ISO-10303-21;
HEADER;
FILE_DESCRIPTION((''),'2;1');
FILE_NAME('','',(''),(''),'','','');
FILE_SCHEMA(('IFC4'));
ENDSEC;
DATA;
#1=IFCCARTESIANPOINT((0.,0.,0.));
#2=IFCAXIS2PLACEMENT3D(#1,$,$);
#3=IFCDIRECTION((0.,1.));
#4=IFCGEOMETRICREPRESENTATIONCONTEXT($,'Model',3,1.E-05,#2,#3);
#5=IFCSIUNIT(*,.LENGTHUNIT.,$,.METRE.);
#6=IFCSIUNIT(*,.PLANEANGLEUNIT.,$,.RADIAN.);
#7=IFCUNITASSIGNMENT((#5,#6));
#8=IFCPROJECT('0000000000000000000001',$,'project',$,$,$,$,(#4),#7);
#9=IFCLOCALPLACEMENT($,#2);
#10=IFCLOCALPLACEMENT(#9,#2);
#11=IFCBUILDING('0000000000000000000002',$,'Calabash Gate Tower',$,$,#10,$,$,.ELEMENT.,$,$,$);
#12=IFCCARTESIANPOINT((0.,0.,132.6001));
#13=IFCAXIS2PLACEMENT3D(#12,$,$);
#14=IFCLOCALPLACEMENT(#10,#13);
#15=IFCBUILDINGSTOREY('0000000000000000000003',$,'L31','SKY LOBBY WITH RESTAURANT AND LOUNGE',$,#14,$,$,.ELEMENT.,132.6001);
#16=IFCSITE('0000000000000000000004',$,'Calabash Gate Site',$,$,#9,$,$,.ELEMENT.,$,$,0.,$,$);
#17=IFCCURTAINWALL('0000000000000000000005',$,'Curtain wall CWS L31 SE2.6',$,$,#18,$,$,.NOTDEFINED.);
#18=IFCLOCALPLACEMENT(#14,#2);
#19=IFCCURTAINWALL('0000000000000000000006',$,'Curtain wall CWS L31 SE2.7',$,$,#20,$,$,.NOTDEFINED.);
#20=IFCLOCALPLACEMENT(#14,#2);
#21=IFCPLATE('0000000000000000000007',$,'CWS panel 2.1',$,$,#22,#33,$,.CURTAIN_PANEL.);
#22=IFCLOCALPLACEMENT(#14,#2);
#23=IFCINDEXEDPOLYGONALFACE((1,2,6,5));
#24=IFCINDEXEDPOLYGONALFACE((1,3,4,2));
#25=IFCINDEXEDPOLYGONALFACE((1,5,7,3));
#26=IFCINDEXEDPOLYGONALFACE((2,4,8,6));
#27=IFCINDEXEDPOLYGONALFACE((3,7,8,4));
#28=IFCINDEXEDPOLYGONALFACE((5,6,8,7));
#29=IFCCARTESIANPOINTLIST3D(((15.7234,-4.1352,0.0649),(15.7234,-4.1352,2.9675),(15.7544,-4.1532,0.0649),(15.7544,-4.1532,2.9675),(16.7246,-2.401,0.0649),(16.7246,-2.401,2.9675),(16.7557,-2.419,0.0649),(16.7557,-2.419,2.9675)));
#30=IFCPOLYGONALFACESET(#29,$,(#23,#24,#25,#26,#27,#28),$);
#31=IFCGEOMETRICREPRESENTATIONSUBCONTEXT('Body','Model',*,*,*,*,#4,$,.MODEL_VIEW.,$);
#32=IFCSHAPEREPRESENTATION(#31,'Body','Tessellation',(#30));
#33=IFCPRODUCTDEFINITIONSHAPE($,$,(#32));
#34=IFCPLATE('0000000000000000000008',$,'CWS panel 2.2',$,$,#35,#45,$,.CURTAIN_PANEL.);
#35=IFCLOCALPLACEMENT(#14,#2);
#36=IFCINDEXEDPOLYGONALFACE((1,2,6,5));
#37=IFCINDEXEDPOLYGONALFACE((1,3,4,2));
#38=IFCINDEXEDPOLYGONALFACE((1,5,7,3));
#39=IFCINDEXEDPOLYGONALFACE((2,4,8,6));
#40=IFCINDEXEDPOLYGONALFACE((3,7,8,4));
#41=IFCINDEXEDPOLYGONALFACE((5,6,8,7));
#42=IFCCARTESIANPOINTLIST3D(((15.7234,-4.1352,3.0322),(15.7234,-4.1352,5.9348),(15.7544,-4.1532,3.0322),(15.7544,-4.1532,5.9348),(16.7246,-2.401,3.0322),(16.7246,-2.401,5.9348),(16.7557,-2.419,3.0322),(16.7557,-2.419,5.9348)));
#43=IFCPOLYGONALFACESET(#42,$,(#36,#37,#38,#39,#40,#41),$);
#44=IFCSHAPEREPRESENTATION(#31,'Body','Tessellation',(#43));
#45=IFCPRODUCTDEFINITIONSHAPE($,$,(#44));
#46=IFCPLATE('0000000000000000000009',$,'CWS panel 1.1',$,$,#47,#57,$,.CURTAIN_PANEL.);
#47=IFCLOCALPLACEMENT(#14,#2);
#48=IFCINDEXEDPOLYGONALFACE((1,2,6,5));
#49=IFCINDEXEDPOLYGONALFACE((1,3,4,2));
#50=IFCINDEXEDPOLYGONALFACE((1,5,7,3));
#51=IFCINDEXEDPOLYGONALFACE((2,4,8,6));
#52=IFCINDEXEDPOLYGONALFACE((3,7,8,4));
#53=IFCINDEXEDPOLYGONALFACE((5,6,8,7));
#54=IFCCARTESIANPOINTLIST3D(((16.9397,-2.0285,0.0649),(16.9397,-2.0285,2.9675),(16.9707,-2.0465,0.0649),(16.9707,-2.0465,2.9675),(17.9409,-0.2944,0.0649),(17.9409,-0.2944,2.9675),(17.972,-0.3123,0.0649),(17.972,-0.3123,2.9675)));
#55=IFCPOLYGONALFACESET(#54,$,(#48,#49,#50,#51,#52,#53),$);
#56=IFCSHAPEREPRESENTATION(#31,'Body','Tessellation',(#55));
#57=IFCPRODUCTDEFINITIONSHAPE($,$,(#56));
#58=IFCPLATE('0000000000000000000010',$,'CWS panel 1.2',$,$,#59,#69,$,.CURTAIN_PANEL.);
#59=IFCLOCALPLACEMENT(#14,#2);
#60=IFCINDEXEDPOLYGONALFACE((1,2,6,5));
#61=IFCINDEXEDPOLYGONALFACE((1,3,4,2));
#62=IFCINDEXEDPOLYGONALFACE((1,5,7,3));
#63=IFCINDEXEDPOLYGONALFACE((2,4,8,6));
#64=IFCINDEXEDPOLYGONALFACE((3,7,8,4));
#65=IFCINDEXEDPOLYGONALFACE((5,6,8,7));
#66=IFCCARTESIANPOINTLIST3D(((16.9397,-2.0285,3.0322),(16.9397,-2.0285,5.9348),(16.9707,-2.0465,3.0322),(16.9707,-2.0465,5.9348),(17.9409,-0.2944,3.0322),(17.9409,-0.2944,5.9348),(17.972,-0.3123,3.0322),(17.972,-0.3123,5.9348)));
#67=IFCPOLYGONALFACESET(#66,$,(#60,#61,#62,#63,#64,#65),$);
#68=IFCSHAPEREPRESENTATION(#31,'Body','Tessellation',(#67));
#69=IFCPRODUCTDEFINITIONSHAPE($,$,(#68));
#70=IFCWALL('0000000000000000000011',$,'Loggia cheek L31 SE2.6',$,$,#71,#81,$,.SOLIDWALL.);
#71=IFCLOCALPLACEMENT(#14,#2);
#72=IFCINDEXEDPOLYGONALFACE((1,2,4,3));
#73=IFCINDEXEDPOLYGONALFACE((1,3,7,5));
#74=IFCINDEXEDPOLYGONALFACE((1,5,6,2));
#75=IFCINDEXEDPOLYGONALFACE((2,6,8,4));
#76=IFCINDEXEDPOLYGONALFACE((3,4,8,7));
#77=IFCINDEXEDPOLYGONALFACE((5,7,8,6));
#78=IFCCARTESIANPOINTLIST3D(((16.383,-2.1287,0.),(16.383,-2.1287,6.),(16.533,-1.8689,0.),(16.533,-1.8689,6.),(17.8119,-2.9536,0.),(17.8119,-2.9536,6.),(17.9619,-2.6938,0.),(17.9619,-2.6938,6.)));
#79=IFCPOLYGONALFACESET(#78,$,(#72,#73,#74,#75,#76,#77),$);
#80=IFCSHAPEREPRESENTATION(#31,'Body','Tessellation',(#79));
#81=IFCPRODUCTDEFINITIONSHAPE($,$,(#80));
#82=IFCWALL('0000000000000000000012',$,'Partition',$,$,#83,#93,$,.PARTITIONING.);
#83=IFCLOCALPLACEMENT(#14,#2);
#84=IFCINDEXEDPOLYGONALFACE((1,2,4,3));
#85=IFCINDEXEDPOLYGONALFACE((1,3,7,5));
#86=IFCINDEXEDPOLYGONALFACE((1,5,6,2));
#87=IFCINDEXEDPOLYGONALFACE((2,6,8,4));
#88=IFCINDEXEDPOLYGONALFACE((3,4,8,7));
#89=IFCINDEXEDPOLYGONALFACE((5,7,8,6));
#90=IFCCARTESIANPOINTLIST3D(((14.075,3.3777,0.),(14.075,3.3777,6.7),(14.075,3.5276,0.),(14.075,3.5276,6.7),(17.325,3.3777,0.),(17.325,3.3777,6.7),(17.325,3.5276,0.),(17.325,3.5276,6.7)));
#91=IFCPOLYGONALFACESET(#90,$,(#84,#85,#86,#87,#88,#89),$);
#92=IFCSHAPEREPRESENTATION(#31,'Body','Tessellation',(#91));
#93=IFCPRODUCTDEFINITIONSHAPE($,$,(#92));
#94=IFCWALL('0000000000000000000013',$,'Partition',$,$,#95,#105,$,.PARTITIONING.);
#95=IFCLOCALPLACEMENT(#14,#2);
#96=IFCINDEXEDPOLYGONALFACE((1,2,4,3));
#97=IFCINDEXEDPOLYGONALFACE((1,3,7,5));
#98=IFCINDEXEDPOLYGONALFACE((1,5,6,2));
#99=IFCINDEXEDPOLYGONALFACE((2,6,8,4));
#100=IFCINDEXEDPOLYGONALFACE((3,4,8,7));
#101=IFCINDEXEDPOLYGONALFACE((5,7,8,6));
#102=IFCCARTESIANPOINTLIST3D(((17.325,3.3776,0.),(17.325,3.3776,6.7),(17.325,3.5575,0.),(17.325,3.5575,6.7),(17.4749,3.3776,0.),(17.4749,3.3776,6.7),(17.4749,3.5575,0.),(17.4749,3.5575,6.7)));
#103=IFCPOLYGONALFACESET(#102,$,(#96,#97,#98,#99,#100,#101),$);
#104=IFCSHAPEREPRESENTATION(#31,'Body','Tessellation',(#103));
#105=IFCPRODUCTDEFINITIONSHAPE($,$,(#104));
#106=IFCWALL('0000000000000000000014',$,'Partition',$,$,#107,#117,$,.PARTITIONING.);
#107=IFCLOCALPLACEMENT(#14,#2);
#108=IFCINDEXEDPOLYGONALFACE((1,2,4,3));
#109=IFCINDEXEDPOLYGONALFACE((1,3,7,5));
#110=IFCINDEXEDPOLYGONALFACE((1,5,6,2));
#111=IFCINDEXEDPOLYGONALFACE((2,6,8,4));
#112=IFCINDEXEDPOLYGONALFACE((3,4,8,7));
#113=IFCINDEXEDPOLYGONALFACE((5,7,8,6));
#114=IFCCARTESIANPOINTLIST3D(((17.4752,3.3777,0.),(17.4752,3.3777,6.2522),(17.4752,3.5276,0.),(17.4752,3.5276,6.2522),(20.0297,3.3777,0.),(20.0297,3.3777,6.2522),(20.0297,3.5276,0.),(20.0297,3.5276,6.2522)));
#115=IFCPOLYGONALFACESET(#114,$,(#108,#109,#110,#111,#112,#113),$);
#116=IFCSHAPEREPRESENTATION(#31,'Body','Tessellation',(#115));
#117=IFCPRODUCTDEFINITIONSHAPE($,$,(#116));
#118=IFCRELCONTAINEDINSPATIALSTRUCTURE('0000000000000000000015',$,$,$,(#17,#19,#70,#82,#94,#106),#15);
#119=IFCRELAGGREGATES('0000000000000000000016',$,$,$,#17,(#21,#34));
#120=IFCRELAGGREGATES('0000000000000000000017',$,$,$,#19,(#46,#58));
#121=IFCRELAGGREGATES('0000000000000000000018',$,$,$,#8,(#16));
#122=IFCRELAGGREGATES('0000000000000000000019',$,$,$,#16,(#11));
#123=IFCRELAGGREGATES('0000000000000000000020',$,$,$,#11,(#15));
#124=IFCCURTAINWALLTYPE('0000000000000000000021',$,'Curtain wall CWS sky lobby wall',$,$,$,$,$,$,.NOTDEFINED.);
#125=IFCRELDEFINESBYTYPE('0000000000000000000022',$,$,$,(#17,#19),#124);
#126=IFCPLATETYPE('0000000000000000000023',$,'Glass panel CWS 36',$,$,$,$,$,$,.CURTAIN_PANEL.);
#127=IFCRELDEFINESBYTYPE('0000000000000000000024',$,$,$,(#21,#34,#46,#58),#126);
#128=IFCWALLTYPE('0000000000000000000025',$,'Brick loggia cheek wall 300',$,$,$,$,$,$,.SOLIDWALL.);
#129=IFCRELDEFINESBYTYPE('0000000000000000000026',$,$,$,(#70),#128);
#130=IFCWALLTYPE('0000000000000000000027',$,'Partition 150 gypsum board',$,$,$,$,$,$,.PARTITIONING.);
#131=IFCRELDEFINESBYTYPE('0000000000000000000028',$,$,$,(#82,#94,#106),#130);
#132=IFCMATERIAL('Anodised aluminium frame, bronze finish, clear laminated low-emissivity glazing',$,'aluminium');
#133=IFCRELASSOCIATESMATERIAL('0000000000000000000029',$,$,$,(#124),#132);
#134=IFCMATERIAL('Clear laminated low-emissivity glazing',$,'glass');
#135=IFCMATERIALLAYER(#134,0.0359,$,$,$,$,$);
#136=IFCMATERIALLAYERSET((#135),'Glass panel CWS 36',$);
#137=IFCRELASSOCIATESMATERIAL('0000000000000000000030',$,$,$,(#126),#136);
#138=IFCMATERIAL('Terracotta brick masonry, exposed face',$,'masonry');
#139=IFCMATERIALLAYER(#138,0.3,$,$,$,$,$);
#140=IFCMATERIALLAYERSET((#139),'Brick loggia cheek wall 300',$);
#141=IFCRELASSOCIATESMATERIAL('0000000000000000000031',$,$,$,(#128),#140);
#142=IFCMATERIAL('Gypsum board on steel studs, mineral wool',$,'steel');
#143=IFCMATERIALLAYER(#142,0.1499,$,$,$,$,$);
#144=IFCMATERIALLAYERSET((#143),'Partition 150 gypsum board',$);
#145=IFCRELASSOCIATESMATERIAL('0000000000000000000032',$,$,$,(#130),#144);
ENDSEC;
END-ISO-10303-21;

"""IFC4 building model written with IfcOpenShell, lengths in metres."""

from ifc_helpers import new_model, si_unit, direction, frame, frame_2d, origin, origin_2d, place, context, subcontext, project, spatial, rectangle, extrude, material, layer, layer_set, type_object, element, aggregate, save


model = new_model("IFC4")

# Units and contexts
model_context = context("Model", 3, precision=1e-05, world=origin(), true_north=direction((0.0, 1.0)))
body_context = subcontext(model_context, "Body", "Model", "MODEL_VIEW")
ifc_project = project(units=[si_unit("LENGTHUNIT", "METRE"), si_unit("PLANEANGLEUNIT", "RADIAN")], contexts=[model_context])

# Site, building, storey
site_placement = place(None, origin())
site = spatial("IfcSite", under=ifc_project, at=site_placement, Name="Calabash Gate Site", CompositionType="ELEMENT", RefElevation=0.0)
building_placement = place(site_placement, origin())
building = spatial("IfcBuilding", under=site, at=building_placement, Name="Calabash Gate Tower", CompositionType="ELEMENT")
storey_placement = place(building_placement, frame((0.0, 0.0, 132.6001)))
storey = spatial("IfcBuildingStorey", under=building, at=storey_placement, Name="L31", Description="SKY LOBBY WITH RESTAURANT AND LOUNGE", CompositionType="ELEMENT", Elevation=132.6001)

# Curtain wall
ifc_material_1 = material(Name="Anodised aluminium frame, bronze finish, clear laminated low-emissivity glazing", Category="aluminium")
curtain_wall_type = type_object("IfcCurtainWallType", Name="Curtain wall CWS sky lobby wall", PredefinedType="NOTDEFINED", material=ifc_material_1)
curtain_wall_1_placement = place(storey_placement, origin())
curtain_wall_1 = element("IfcCurtainWall", 1, at=curtain_wall_1_placement, inside=storey, type_object=curtain_wall_type, Name="Curtain wall CWS L31 SE2.6", PredefinedType="NOTDEFINED")

# Curtain wall
curtain_wall_2_placement = place(storey_placement, origin())
curtain_wall_2 = element("IfcCurtainWall", 2, at=curtain_wall_2_placement, inside=storey, type_object=curtain_wall_type, Name="Curtain wall CWS L31 SE2.7", PredefinedType="NOTDEFINED")

# Plates
ifc_material_2 = material(Name="Clear laminated low-emissivity glazing", Category="glass")
ifc_layer_1 = layer(ifc_material_2, 0.0359)
ifc_layer_set_1 = layer_set([ifc_layer_1], Name="Glass panel CWS 36")
plate_type = type_object("IfcPlateType", Name="Glass panel CWS 36", PredefinedType="CURTAIN_PANEL", material=ifc_layer_set_1)
plate_1_placement = place(storey_placement, frame((16.2395, -3.2771, 0.0649), z_axis=(0.0, 0.0, 1.0), x_axis=(0.5, 0.866025, 0.0)))
plate_1 = element("IfcPlate", 3, at=plate_1_placement, type_object=plate_type, Name="CWS panel 2.1", PredefinedType="CURTAIN_PANEL", context=body_context, shape_type="SweptSolid", body=[
    extrude(rectangle(XDim=2.0024, YDim=0.0359, at=origin_2d()), origin(), (0.0, 0.0, 1.0), 2.9026),
])
plate_2_placement = place(storey_placement, frame((16.2395, -3.2771, 3.0322), z_axis=(0.0, 0.0, 1.0), x_axis=(0.5, 0.866025, 0.0)))
plate_2 = element("IfcPlate", 4, at=plate_2_placement, type_object=plate_type, Name="CWS panel 2.2", PredefinedType="CURTAIN_PANEL", context=body_context, shape_type="SweptSolid", body=[
    extrude(rectangle(XDim=2.0024, YDim=0.0359, at=origin_2d()), origin(), (0.0, 0.0, 1.0), 2.9026),
])
aggregate(curtain_wall_1, [plate_1, plate_2])
plate_3_placement = place(storey_placement, frame((17.4558, -1.1704, 0.0649), z_axis=(0.0, 0.0, 1.0), x_axis=(0.5, 0.866025, 0.0)))
plate_3 = element("IfcPlate", 5, at=plate_3_placement, type_object=plate_type, Name="CWS panel 1.1", PredefinedType="CURTAIN_PANEL", context=body_context, shape_type="SweptSolid", body=[
    extrude(rectangle(XDim=2.0024, YDim=0.0359, at=origin_2d()), origin(), (0.0, 0.0, 1.0), 2.9026),
])
plate_4_placement = place(storey_placement, frame((17.4558, -1.1704, 3.0322), z_axis=(0.0, 0.0, 1.0), x_axis=(0.5, 0.866025, 0.0)))
plate_4 = element("IfcPlate", 6, at=plate_4_placement, type_object=plate_type, Name="CWS panel 1.2", PredefinedType="CURTAIN_PANEL", context=body_context, shape_type="SweptSolid", body=[
    extrude(rectangle(XDim=2.0024, YDim=0.0359, at=origin_2d()), origin(), (0.0, 0.0, 1.0), 2.9026),
])
aggregate(curtain_wall_2, [plate_3, plate_4])

# Walls
ifc_material_3 = material(Name="Terracotta brick masonry, exposed face", Category="masonry")
ifc_layer_2 = layer(ifc_material_3, 0.3)
ifc_layer_set_2 = layer_set([ifc_layer_2], Name="Brick loggia cheek wall 300")
wall_type_1 = type_object("IfcWallType", Name="Brick loggia cheek wall 300", PredefinedType="SOLIDWALL", material=ifc_layer_set_2)
wall_1_placement = place(storey_placement, frame((16.458, -1.9988, 0.0), z_axis=(0.0, 0.0, 1.0), x_axis=(0.86604, -0.499974, 0.0)))
element("IfcWall", 7, at=wall_1_placement, inside=storey, type_object=wall_type_1, Name="Loggia cheek L31 SE2.6", PredefinedType="SOLIDWALL", context=body_context, shape_type="SweptSolid", body=[
    extrude(rectangle(XDim=1.6499, YDim=0.3, at=frame_2d((0.825, 0.0))), origin(), (0.0, 0.0, 1.0), 6.0),
])
ifc_material_4 = material(Name="Gypsum board on steel studs, mineral wool", Category="steel")
ifc_layer_3 = layer(ifc_material_4, 0.1499)
ifc_layer_set_3 = layer_set([ifc_layer_3], Name="Partition 150 gypsum board")
wall_type_2 = type_object("IfcWallType", Name="Partition 150 gypsum board", PredefinedType="PARTITIONING", material=ifc_layer_set_3)
wall_2_placement = place(storey_placement, frame((14.075, 3.4526, 0.0), z_axis=(0.0, 0.0, 1.0), x_axis=(1.0, 0.0, 0.0)))
element("IfcWall", 8, at=wall_2_placement, inside=storey, type_object=wall_type_2, Name="Partition", PredefinedType="PARTITIONING", context=body_context, shape_type="SweptSolid", body=[
    extrude(rectangle(XDim=3.25, YDim=0.1499, at=frame_2d((1.625, 0.0))), origin(), (0.0, 0.0, 1.0), 6.7),
])
wall_3_placement = place(storey_placement, frame((17.3999, 3.3777, 0.0), z_axis=(0.0, 0.0, 1.0), x_axis=(0.0, 1.0, 0.0)))
element("IfcWall", 9, at=wall_3_placement, inside=storey, type_object=wall_type_2, Name="Partition", PredefinedType="PARTITIONING", context=body_context, shape_type="SweptSolid", body=[
    extrude(rectangle(XDim=0.1799, YDim=0.1499, at=frame_2d((0.0898, 0.0))), origin(), (0.0, 0.0, 1.0), 6.7),
])
wall_4_placement = place(storey_placement, frame((17.4751, 3.4526, 0.0), z_axis=(0.0, 0.0, 1.0), x_axis=(1.0, 0.0, 0.0)))
element("IfcWall", 10, at=wall_4_placement, inside=storey, type_object=wall_type_2, Name="Partition", PredefinedType="PARTITIONING", context=body_context, shape_type="SweptSolid", body=[
    extrude(rectangle(XDim=2.5544, YDim=0.1499, at=frame_2d((1.2773, 0.0))), origin(), (0.0, 0.0, 1.0), 6.2522),
])

save(model, "model.ifc")
